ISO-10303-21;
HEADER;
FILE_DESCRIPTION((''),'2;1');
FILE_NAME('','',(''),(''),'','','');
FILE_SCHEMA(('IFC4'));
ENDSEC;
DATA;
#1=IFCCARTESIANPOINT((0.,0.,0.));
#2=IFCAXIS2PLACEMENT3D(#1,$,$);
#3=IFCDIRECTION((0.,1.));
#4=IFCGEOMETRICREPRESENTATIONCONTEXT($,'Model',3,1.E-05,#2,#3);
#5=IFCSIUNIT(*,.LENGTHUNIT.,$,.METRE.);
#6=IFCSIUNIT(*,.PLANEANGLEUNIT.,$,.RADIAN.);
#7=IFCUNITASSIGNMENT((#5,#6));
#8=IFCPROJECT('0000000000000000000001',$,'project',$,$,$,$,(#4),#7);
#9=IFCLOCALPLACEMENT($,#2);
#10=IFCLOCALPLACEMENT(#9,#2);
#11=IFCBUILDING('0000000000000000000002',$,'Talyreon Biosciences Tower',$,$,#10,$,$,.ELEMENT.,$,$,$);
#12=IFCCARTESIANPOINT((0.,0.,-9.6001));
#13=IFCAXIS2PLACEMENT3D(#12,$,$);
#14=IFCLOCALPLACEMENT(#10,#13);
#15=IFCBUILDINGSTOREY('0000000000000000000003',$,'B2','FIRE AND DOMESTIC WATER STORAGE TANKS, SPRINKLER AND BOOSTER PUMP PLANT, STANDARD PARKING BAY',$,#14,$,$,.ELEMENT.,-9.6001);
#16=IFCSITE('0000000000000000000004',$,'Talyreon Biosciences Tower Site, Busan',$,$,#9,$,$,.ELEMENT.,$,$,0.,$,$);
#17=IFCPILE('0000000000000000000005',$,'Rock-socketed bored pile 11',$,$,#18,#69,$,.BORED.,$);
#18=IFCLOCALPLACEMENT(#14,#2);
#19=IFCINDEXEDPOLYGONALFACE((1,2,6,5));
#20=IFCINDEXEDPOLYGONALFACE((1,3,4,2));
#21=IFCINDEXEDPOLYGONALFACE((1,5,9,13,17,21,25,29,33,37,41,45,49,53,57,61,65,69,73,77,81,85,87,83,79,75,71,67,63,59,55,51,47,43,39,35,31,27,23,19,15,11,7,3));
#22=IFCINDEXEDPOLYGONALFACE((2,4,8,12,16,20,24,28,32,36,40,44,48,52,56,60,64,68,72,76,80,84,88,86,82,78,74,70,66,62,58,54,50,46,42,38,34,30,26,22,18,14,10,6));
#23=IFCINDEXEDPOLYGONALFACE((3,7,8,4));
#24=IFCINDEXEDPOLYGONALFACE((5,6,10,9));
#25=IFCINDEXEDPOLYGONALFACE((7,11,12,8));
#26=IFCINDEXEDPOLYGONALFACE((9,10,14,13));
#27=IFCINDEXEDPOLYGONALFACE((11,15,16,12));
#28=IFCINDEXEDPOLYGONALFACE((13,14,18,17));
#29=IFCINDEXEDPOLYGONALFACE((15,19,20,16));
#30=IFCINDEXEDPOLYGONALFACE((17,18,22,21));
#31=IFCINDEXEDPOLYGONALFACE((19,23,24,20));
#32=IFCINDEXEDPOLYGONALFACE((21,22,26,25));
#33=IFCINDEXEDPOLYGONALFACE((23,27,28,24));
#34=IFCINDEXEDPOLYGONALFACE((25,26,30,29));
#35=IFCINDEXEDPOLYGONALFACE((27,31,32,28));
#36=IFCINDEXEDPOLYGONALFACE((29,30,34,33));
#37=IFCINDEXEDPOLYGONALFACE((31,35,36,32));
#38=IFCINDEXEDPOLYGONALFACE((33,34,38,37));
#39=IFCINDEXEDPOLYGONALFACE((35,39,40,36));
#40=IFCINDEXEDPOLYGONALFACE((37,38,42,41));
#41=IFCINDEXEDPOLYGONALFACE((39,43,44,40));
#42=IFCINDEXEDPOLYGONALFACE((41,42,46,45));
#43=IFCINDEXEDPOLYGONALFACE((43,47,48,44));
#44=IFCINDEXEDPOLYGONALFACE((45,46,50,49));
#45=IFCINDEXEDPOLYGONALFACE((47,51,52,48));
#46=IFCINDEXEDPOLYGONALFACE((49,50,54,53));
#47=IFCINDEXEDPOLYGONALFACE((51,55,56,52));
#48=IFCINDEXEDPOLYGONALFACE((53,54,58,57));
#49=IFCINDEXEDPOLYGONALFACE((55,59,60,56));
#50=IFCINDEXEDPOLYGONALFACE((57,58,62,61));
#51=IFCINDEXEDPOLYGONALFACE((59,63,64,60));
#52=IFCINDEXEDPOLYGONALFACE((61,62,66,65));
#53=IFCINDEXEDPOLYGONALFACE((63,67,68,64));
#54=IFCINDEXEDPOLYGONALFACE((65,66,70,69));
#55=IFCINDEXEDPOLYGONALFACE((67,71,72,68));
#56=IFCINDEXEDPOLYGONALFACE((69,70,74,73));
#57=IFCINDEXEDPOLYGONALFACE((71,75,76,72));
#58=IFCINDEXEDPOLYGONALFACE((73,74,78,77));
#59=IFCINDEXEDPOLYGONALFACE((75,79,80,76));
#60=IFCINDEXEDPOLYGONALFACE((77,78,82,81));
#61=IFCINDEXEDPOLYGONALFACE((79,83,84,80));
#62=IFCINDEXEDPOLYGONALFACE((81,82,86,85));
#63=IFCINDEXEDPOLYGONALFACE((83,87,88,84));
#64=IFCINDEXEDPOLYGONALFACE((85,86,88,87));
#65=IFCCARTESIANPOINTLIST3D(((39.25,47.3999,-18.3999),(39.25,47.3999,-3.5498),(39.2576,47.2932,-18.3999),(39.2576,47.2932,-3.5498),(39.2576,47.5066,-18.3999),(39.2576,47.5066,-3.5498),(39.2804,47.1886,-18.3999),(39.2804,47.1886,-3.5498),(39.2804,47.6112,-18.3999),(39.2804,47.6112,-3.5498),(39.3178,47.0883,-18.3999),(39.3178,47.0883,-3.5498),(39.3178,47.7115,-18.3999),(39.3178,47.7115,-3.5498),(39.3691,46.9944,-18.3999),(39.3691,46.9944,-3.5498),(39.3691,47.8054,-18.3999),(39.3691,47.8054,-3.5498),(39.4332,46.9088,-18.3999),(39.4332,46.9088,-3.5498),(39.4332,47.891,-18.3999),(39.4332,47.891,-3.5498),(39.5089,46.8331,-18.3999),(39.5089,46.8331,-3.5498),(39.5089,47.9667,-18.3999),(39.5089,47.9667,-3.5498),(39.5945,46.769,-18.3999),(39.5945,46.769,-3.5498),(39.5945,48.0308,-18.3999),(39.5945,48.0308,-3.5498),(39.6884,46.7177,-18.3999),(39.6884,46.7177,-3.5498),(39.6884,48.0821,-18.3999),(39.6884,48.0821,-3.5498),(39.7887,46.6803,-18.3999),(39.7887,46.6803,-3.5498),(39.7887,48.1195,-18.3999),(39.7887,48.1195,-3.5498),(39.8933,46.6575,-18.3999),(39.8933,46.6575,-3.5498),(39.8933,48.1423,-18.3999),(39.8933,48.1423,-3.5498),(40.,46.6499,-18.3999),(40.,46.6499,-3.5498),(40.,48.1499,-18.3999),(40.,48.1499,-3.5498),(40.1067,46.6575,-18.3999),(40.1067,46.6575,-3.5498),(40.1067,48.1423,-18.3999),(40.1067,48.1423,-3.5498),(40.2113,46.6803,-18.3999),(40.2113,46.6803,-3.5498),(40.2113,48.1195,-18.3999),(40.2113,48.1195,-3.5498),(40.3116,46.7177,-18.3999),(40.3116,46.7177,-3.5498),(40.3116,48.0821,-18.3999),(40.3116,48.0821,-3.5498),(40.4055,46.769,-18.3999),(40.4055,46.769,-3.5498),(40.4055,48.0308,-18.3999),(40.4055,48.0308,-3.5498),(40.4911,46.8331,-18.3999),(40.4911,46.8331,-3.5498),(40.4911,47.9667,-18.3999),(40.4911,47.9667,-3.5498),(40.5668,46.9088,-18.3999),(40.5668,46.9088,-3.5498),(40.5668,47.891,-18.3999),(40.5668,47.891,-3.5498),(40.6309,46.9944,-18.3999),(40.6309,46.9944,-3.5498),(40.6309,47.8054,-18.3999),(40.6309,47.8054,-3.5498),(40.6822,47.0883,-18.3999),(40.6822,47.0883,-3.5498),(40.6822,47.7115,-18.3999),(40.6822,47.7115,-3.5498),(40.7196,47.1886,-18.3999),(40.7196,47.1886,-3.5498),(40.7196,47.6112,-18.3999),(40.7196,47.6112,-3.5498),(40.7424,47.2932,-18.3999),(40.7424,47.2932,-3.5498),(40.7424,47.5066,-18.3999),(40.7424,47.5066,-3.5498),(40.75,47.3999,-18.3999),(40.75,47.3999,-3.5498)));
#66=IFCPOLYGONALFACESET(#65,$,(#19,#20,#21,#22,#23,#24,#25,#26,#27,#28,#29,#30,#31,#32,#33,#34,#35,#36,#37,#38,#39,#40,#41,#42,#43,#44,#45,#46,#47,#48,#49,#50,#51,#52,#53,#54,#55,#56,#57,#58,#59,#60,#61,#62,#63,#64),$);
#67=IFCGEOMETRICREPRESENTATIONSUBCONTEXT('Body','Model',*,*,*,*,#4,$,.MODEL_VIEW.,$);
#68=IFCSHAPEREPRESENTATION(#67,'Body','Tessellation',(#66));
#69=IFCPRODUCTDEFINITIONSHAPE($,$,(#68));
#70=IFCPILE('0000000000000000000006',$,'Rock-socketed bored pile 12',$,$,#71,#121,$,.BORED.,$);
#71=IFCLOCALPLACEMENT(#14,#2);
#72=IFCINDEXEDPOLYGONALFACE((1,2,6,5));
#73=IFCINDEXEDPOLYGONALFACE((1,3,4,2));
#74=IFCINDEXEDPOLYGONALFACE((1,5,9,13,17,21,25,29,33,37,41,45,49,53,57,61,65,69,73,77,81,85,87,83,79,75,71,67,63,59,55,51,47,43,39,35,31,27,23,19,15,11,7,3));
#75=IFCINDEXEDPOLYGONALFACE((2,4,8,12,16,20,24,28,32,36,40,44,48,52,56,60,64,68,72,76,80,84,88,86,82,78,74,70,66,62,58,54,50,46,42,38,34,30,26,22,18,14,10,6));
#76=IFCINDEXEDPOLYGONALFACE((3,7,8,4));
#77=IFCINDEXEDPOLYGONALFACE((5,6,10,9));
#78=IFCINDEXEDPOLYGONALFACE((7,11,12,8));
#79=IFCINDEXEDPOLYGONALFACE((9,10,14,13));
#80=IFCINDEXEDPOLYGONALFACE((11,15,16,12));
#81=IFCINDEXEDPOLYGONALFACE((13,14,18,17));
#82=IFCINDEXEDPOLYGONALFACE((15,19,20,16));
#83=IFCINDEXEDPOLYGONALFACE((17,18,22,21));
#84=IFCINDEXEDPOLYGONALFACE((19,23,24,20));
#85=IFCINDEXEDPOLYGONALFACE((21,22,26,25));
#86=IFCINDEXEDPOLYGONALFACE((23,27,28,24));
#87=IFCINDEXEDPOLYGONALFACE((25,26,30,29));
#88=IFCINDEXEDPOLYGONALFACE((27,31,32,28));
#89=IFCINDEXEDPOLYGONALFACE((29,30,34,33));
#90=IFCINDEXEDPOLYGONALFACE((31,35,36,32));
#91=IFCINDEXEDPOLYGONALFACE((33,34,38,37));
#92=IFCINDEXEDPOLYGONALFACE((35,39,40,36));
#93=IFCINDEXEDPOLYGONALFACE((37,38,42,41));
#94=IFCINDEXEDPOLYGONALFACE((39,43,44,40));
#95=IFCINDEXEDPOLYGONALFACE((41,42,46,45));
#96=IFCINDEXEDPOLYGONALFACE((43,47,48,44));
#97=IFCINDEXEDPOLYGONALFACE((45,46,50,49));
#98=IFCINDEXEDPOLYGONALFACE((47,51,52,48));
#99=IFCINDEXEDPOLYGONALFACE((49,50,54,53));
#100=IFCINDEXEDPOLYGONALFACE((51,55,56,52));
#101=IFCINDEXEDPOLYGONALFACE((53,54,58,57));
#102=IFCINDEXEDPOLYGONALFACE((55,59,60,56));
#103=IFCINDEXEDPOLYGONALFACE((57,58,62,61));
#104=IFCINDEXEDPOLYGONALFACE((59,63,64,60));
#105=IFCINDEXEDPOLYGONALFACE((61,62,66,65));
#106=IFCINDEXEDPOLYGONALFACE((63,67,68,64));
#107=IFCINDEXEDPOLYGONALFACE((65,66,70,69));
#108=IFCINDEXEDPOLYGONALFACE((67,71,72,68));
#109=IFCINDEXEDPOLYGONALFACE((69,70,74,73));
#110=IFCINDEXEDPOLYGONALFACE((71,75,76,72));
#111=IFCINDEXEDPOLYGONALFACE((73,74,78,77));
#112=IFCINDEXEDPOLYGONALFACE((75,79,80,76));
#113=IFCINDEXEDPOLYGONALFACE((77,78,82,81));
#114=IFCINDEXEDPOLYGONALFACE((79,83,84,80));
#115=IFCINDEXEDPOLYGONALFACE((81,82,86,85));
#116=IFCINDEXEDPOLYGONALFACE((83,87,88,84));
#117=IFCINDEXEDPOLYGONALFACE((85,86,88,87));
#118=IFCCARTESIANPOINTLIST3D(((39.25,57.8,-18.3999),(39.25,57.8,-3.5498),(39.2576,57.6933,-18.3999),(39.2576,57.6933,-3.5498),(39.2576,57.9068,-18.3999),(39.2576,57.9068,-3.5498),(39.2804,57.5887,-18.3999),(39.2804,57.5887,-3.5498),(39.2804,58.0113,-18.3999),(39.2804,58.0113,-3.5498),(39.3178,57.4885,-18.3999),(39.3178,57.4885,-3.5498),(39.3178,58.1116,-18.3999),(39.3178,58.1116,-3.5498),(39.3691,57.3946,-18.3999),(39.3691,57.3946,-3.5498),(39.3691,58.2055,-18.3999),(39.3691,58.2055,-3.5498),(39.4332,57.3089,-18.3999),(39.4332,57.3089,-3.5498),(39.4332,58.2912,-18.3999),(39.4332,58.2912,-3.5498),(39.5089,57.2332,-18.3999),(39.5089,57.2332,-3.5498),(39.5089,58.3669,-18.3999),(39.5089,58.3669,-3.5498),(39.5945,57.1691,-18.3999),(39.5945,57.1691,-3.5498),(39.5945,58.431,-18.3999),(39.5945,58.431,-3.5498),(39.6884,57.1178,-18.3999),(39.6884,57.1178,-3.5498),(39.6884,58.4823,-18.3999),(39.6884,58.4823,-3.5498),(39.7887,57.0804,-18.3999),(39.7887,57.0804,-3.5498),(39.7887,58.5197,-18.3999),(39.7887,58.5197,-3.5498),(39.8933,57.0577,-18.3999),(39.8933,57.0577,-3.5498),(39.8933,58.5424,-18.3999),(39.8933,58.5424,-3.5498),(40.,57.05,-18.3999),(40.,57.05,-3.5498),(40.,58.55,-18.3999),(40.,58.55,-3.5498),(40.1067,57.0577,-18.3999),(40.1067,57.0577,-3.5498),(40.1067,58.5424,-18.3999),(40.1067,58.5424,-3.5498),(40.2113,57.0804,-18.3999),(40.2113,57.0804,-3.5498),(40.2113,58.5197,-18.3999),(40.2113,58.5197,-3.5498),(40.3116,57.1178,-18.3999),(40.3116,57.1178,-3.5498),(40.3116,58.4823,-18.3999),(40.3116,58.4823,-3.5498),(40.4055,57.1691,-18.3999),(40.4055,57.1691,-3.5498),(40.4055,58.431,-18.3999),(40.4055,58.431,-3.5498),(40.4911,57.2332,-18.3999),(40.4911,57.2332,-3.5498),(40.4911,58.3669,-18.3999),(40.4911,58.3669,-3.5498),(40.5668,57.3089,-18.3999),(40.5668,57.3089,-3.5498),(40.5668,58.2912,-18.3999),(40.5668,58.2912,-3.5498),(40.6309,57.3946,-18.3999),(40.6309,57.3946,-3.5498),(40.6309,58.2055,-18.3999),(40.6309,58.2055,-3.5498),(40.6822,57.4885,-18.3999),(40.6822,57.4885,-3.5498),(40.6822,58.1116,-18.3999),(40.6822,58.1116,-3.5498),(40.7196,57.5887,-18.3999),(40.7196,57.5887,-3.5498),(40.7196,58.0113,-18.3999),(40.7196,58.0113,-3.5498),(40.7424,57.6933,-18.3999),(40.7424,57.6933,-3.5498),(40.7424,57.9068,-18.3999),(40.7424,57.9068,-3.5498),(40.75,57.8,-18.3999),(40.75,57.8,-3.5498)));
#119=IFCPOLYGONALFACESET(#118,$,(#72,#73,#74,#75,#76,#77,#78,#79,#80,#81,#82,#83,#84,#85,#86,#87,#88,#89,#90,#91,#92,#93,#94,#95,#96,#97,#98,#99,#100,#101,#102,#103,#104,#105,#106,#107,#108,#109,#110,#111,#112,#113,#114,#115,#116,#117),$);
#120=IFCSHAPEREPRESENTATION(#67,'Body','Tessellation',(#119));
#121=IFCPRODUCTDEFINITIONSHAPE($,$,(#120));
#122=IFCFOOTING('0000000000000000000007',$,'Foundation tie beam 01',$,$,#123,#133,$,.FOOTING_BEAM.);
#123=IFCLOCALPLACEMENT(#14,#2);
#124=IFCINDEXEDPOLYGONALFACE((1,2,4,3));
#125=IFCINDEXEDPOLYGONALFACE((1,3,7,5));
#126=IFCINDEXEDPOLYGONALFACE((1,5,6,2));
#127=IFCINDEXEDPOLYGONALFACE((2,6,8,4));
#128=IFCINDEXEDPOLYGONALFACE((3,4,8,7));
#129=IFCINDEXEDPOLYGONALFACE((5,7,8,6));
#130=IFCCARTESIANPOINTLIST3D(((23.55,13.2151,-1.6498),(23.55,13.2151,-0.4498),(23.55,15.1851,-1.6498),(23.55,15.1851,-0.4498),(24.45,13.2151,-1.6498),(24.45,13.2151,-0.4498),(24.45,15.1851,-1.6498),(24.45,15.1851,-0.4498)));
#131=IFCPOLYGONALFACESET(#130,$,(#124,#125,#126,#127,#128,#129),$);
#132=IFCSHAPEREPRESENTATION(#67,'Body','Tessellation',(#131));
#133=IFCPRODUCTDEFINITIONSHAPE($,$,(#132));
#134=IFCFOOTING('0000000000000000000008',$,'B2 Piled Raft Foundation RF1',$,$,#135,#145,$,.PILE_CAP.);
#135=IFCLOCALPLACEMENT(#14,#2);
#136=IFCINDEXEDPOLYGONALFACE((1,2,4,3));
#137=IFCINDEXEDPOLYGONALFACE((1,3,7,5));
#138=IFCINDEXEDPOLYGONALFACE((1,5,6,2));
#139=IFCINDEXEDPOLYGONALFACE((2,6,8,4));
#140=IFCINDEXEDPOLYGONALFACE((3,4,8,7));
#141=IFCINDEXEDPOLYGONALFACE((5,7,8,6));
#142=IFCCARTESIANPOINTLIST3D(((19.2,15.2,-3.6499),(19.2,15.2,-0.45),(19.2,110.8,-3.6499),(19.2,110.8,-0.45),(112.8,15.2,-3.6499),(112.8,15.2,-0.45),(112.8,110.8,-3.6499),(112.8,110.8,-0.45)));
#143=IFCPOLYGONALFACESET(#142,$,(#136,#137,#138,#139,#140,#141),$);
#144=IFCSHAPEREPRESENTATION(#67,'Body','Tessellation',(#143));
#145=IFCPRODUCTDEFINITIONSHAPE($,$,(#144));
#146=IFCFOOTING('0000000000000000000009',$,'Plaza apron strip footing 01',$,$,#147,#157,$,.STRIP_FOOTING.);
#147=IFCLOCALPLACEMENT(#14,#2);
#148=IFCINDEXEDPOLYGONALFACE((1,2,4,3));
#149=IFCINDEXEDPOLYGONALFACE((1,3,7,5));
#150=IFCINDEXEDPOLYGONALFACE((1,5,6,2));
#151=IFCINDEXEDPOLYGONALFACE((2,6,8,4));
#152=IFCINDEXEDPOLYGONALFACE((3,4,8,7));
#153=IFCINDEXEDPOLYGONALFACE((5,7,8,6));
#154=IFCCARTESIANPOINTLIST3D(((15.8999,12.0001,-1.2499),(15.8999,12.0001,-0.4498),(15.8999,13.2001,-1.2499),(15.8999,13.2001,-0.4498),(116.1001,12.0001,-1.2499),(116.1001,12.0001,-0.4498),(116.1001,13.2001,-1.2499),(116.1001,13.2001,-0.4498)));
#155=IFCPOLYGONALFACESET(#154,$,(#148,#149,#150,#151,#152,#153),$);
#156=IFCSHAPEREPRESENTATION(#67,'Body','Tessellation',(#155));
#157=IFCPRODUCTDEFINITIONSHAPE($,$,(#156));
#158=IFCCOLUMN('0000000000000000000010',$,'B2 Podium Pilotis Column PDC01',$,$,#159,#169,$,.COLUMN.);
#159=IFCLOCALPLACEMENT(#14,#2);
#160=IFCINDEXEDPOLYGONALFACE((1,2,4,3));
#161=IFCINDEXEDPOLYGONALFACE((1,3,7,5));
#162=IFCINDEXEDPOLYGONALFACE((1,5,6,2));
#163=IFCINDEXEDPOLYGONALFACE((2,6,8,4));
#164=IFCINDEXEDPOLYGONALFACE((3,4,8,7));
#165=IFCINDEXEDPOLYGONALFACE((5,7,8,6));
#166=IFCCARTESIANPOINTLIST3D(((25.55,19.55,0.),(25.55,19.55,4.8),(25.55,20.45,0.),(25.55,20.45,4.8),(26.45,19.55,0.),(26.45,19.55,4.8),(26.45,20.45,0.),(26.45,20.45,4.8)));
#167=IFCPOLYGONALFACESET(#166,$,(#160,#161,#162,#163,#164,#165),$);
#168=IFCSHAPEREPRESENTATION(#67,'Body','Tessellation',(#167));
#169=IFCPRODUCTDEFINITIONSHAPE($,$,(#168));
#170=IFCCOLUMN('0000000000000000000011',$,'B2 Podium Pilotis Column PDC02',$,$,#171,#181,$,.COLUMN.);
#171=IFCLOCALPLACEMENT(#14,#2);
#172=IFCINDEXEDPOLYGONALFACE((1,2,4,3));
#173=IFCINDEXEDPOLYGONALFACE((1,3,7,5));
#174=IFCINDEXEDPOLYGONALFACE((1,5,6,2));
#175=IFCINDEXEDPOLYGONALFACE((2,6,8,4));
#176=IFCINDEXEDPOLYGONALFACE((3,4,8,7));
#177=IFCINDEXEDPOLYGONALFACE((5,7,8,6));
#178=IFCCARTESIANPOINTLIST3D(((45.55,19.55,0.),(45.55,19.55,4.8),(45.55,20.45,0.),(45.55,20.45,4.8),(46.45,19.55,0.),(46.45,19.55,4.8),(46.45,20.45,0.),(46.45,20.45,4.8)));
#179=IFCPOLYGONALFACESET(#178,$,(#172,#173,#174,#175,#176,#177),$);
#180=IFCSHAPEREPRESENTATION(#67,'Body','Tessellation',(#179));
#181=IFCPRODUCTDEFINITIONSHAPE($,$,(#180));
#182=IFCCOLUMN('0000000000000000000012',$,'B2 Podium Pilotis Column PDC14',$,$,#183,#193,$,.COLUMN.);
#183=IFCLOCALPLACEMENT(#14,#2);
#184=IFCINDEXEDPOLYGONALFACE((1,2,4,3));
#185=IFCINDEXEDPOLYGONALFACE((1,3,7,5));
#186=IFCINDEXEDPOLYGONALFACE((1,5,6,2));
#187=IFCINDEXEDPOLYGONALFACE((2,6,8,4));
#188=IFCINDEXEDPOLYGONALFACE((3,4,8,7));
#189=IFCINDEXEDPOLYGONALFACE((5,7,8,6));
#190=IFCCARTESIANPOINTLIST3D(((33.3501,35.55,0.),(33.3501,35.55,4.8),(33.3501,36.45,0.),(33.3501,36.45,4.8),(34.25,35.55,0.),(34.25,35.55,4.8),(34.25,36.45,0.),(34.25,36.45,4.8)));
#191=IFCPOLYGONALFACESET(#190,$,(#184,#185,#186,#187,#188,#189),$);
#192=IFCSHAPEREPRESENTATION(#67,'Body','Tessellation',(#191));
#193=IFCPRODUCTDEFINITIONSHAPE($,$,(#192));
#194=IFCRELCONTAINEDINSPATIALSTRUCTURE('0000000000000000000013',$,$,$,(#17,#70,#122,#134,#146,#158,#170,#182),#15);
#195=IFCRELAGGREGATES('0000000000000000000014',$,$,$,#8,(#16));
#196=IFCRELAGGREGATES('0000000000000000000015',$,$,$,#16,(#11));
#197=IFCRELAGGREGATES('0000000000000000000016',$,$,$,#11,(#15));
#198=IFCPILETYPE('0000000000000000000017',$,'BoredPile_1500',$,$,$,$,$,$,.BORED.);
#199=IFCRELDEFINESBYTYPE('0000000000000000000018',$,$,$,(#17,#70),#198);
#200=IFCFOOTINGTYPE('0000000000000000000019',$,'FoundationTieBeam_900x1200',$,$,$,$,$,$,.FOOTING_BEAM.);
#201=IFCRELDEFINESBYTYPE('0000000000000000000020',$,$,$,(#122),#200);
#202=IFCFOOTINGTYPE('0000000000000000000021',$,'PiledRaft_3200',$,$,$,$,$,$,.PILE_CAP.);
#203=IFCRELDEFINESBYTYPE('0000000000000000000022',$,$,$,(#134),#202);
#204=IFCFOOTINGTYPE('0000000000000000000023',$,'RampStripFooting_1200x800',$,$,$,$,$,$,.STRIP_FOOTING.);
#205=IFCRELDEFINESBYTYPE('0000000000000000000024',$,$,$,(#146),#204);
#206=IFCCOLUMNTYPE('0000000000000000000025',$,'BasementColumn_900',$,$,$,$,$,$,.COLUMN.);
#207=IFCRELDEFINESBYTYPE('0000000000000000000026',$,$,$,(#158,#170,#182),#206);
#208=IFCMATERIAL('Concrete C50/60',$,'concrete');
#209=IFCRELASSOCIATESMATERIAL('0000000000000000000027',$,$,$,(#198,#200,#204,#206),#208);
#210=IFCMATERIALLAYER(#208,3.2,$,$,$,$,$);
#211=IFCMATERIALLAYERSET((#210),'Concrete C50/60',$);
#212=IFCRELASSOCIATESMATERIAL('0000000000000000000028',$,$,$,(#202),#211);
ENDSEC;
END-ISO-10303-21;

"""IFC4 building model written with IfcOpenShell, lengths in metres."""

from ifc_helpers import new_model, si_unit, direction, frame, origin, origin_2d, place, context, subcontext, project, spatial, polyline, rectangle, circle, outline, extrude, material, layer, layer_set, material_profile, profile_set, type_object, element, save


model = new_model("IFC4")

# Units and contexts
model_context = context("Model", 3, precision=1e-05, world=origin(), true_north=direction((0.0, 1.0)))
body_context = subcontext(model_context, "Body", "Model", "MODEL_VIEW")
ifc_project = project(units=[si_unit("LENGTHUNIT", "METRE"), si_unit("PLANEANGLEUNIT", "RADIAN")], contexts=[model_context])

# Site, building, storey
site_placement = place(None, origin())
site = spatial("IfcSite", under=ifc_project, at=site_placement, Name="Talyreon Biosciences Tower Site, Busan", CompositionType="ELEMENT", RefElevation=0.0)
building_placement = place(site_placement, origin())
building = spatial("IfcBuilding", under=site, at=building_placement, Name="Talyreon Biosciences Tower", CompositionType="ELEMENT")
storey_placement = place(building_placement, frame((0.0, 0.0, -9.6001)))
storey = spatial("IfcBuildingStorey", under=building, at=storey_placement, Name="B2", Description="FIRE AND DOMESTIC WATER STORAGE TANKS, SPRINKLER AND BOOSTER PUMP PLANT, STANDARD PARKING BAY", CompositionType="ELEMENT", Elevation=-9.6001)

# Piles
ifc_material_1 = material(Name="Concrete C50/60", Category="concrete")
ifc_material_profile_1 = material_profile(ifc_material_1, circle(Radius=0.75, at=origin_2d()), Name="PILE D1500")
ifc_profile_set_1 = profile_set([ifc_material_profile_1], Name="Concrete C50/60")
pile_type_1 = type_object("IfcPileType", Name="BoredPile_1500", PredefinedType="BORED", material=ifc_profile_set_1)
for number, where, z_axis, x_axis, name in (
    (1, (40.0, 47.3999, -3.5498), (0.0, 0.0, -1.0), (1.0, 0.0, 0.0), "Rock-socketed bored pile 11"),
    (2, (40.0, 57.8, -3.5498), (0.0, 0.0, -1.0), (1.0, 0.0, 0.0), "Rock-socketed bored pile 12"),
):
    element("IfcPile", number, at=place(storey_placement, frame(where, z_axis=z_axis, x_axis=x_axis)), inside=storey, type_object=pile_type_1, Name=name, PredefinedType="BORED", context=body_context, shape_type="SweptSolid", body=[
        extrude(circle(Radius=0.75, at=origin_2d()), origin(), (0.0, 0.0, 1.0), 14.8501),
    ])

# Footings
ifc_material_profile_2 = material_profile(ifc_material_1, rectangle(XDim=0.8999, YDim=1.2, at=origin_2d()), Name="FB 900x1200")
ifc_profile_set_2 = profile_set([ifc_material_profile_2], Name="Concrete C50/60")
footing_type_1 = type_object("IfcFootingType", Name="FoundationTieBeam_900x1200", PredefinedType="FOOTING_BEAM", material=ifc_profile_set_2)
footing_1_placement = place(storey_placement, frame((24.0, 13.2151, -1.0498), z_axis=(0.0, 1.0, 0.0), x_axis=(-1.0, 0.0, 0.0)))
element("IfcFooting", 3, at=footing_1_placement, inside=storey, type_object=footing_type_1, Name="Foundation tie beam 01", PredefinedType="FOOTING_BEAM", context=body_context, shape_type="SweptSolid", body=[
    extrude(rectangle(XDim=0.8999, YDim=1.2, at=origin_2d()), origin(), (0.0, 0.0, 1.0), 1.97),
])
ifc_layer_1 = layer(ifc_material_1, 3.2)
ifc_layer_set_1 = layer_set([ifc_layer_1], Name="Concrete C50/60")
footing_type_2 = type_object("IfcFootingType", Name="PiledRaft_3200", PredefinedType="PILE_CAP", material=ifc_layer_set_1)
footing_2_placement = place(storey_placement, frame((0.0, 0.0, -3.6499)))
element("IfcFooting", 4, at=footing_2_placement, inside=storey, type_object=footing_type_2, Name="B2 Piled Raft Foundation RF1", PredefinedType="PILE_CAP", context=body_context, shape_type="SweptSolid", body=[
    extrude(outline(polyline([(19.2, 15.2), (112.8, 15.2), (112.8, 110.8), (19.2, 110.8), (19.2, 15.2)])), origin(), (0.0, 0.0, 1.0), 3.2),
])
ifc_material_profile_3 = material_profile(ifc_material_1, rectangle(XDim=1.2, YDim=0.8, at=origin_2d()), Name="SF 1200x800")
ifc_profile_set_3 = profile_set([ifc_material_profile_3], Name="Concrete C50/60")
footing_type_3 = type_object("IfcFootingType", Name="RampStripFooting_1200x800", PredefinedType="STRIP_FOOTING", material=ifc_profile_set_3)
footing_3_placement = place(storey_placement, frame((15.8999, 12.6001, -0.8499), z_axis=(1.0, 0.0, 0.0), x_axis=(0.0, 1.0, 0.0)))
element("IfcFooting", 5, at=footing_3_placement, inside=storey, type_object=footing_type_3, Name="Plaza apron strip footing 01", PredefinedType="STRIP_FOOTING", context=body_context, shape_type="SweptSolid", body=[
    extrude(rectangle(XDim=1.2, YDim=0.8, at=origin_2d()), origin(), (0.0, 0.0, 1.0), 100.2002),
])

# Columns
ifc_material_profile_4 = material_profile(ifc_material_1, rectangle(XDim=0.8999, YDim=0.8999, at=origin_2d()), Name="RC 900x900")
ifc_profile_set_4 = profile_set([ifc_material_profile_4], Name="Concrete C50/60")
column_type = type_object("IfcColumnType", Name="BasementColumn_900", PredefinedType="COLUMN", material=ifc_profile_set_4)
for number, where, z_axis, x_axis, name in (
    (6, (26.0, 20.0, 0.0), (0.0, 0.0, 1.0), (1.0, 0.0, 0.0), "B2 Podium Pilotis Column PDC01"),
    (7, (46.0, 20.0, 0.0), (0.0, 0.0, 1.0), (1.0, 0.0, 0.0), "B2 Podium Pilotis Column PDC02"),
    (8, (33.8, 36.0, 0.0), (0.0, 0.0, 1.0), (1.0, 0.0, 0.0), "B2 Podium Pilotis Column PDC14"),
):
    element("IfcColumn", number, at=place(storey_placement, frame(where, z_axis=z_axis, x_axis=x_axis)), inside=storey, type_object=column_type, Name=name, PredefinedType="COLUMN", context=body_context, shape_type="SweptSolid", body=[
        extrude(rectangle(XDim=0.8999, YDim=0.8999, at=origin_2d()), origin(), (0.0, 0.0, 1.0), 4.8),
    ])

save(model, "model.ifc")
